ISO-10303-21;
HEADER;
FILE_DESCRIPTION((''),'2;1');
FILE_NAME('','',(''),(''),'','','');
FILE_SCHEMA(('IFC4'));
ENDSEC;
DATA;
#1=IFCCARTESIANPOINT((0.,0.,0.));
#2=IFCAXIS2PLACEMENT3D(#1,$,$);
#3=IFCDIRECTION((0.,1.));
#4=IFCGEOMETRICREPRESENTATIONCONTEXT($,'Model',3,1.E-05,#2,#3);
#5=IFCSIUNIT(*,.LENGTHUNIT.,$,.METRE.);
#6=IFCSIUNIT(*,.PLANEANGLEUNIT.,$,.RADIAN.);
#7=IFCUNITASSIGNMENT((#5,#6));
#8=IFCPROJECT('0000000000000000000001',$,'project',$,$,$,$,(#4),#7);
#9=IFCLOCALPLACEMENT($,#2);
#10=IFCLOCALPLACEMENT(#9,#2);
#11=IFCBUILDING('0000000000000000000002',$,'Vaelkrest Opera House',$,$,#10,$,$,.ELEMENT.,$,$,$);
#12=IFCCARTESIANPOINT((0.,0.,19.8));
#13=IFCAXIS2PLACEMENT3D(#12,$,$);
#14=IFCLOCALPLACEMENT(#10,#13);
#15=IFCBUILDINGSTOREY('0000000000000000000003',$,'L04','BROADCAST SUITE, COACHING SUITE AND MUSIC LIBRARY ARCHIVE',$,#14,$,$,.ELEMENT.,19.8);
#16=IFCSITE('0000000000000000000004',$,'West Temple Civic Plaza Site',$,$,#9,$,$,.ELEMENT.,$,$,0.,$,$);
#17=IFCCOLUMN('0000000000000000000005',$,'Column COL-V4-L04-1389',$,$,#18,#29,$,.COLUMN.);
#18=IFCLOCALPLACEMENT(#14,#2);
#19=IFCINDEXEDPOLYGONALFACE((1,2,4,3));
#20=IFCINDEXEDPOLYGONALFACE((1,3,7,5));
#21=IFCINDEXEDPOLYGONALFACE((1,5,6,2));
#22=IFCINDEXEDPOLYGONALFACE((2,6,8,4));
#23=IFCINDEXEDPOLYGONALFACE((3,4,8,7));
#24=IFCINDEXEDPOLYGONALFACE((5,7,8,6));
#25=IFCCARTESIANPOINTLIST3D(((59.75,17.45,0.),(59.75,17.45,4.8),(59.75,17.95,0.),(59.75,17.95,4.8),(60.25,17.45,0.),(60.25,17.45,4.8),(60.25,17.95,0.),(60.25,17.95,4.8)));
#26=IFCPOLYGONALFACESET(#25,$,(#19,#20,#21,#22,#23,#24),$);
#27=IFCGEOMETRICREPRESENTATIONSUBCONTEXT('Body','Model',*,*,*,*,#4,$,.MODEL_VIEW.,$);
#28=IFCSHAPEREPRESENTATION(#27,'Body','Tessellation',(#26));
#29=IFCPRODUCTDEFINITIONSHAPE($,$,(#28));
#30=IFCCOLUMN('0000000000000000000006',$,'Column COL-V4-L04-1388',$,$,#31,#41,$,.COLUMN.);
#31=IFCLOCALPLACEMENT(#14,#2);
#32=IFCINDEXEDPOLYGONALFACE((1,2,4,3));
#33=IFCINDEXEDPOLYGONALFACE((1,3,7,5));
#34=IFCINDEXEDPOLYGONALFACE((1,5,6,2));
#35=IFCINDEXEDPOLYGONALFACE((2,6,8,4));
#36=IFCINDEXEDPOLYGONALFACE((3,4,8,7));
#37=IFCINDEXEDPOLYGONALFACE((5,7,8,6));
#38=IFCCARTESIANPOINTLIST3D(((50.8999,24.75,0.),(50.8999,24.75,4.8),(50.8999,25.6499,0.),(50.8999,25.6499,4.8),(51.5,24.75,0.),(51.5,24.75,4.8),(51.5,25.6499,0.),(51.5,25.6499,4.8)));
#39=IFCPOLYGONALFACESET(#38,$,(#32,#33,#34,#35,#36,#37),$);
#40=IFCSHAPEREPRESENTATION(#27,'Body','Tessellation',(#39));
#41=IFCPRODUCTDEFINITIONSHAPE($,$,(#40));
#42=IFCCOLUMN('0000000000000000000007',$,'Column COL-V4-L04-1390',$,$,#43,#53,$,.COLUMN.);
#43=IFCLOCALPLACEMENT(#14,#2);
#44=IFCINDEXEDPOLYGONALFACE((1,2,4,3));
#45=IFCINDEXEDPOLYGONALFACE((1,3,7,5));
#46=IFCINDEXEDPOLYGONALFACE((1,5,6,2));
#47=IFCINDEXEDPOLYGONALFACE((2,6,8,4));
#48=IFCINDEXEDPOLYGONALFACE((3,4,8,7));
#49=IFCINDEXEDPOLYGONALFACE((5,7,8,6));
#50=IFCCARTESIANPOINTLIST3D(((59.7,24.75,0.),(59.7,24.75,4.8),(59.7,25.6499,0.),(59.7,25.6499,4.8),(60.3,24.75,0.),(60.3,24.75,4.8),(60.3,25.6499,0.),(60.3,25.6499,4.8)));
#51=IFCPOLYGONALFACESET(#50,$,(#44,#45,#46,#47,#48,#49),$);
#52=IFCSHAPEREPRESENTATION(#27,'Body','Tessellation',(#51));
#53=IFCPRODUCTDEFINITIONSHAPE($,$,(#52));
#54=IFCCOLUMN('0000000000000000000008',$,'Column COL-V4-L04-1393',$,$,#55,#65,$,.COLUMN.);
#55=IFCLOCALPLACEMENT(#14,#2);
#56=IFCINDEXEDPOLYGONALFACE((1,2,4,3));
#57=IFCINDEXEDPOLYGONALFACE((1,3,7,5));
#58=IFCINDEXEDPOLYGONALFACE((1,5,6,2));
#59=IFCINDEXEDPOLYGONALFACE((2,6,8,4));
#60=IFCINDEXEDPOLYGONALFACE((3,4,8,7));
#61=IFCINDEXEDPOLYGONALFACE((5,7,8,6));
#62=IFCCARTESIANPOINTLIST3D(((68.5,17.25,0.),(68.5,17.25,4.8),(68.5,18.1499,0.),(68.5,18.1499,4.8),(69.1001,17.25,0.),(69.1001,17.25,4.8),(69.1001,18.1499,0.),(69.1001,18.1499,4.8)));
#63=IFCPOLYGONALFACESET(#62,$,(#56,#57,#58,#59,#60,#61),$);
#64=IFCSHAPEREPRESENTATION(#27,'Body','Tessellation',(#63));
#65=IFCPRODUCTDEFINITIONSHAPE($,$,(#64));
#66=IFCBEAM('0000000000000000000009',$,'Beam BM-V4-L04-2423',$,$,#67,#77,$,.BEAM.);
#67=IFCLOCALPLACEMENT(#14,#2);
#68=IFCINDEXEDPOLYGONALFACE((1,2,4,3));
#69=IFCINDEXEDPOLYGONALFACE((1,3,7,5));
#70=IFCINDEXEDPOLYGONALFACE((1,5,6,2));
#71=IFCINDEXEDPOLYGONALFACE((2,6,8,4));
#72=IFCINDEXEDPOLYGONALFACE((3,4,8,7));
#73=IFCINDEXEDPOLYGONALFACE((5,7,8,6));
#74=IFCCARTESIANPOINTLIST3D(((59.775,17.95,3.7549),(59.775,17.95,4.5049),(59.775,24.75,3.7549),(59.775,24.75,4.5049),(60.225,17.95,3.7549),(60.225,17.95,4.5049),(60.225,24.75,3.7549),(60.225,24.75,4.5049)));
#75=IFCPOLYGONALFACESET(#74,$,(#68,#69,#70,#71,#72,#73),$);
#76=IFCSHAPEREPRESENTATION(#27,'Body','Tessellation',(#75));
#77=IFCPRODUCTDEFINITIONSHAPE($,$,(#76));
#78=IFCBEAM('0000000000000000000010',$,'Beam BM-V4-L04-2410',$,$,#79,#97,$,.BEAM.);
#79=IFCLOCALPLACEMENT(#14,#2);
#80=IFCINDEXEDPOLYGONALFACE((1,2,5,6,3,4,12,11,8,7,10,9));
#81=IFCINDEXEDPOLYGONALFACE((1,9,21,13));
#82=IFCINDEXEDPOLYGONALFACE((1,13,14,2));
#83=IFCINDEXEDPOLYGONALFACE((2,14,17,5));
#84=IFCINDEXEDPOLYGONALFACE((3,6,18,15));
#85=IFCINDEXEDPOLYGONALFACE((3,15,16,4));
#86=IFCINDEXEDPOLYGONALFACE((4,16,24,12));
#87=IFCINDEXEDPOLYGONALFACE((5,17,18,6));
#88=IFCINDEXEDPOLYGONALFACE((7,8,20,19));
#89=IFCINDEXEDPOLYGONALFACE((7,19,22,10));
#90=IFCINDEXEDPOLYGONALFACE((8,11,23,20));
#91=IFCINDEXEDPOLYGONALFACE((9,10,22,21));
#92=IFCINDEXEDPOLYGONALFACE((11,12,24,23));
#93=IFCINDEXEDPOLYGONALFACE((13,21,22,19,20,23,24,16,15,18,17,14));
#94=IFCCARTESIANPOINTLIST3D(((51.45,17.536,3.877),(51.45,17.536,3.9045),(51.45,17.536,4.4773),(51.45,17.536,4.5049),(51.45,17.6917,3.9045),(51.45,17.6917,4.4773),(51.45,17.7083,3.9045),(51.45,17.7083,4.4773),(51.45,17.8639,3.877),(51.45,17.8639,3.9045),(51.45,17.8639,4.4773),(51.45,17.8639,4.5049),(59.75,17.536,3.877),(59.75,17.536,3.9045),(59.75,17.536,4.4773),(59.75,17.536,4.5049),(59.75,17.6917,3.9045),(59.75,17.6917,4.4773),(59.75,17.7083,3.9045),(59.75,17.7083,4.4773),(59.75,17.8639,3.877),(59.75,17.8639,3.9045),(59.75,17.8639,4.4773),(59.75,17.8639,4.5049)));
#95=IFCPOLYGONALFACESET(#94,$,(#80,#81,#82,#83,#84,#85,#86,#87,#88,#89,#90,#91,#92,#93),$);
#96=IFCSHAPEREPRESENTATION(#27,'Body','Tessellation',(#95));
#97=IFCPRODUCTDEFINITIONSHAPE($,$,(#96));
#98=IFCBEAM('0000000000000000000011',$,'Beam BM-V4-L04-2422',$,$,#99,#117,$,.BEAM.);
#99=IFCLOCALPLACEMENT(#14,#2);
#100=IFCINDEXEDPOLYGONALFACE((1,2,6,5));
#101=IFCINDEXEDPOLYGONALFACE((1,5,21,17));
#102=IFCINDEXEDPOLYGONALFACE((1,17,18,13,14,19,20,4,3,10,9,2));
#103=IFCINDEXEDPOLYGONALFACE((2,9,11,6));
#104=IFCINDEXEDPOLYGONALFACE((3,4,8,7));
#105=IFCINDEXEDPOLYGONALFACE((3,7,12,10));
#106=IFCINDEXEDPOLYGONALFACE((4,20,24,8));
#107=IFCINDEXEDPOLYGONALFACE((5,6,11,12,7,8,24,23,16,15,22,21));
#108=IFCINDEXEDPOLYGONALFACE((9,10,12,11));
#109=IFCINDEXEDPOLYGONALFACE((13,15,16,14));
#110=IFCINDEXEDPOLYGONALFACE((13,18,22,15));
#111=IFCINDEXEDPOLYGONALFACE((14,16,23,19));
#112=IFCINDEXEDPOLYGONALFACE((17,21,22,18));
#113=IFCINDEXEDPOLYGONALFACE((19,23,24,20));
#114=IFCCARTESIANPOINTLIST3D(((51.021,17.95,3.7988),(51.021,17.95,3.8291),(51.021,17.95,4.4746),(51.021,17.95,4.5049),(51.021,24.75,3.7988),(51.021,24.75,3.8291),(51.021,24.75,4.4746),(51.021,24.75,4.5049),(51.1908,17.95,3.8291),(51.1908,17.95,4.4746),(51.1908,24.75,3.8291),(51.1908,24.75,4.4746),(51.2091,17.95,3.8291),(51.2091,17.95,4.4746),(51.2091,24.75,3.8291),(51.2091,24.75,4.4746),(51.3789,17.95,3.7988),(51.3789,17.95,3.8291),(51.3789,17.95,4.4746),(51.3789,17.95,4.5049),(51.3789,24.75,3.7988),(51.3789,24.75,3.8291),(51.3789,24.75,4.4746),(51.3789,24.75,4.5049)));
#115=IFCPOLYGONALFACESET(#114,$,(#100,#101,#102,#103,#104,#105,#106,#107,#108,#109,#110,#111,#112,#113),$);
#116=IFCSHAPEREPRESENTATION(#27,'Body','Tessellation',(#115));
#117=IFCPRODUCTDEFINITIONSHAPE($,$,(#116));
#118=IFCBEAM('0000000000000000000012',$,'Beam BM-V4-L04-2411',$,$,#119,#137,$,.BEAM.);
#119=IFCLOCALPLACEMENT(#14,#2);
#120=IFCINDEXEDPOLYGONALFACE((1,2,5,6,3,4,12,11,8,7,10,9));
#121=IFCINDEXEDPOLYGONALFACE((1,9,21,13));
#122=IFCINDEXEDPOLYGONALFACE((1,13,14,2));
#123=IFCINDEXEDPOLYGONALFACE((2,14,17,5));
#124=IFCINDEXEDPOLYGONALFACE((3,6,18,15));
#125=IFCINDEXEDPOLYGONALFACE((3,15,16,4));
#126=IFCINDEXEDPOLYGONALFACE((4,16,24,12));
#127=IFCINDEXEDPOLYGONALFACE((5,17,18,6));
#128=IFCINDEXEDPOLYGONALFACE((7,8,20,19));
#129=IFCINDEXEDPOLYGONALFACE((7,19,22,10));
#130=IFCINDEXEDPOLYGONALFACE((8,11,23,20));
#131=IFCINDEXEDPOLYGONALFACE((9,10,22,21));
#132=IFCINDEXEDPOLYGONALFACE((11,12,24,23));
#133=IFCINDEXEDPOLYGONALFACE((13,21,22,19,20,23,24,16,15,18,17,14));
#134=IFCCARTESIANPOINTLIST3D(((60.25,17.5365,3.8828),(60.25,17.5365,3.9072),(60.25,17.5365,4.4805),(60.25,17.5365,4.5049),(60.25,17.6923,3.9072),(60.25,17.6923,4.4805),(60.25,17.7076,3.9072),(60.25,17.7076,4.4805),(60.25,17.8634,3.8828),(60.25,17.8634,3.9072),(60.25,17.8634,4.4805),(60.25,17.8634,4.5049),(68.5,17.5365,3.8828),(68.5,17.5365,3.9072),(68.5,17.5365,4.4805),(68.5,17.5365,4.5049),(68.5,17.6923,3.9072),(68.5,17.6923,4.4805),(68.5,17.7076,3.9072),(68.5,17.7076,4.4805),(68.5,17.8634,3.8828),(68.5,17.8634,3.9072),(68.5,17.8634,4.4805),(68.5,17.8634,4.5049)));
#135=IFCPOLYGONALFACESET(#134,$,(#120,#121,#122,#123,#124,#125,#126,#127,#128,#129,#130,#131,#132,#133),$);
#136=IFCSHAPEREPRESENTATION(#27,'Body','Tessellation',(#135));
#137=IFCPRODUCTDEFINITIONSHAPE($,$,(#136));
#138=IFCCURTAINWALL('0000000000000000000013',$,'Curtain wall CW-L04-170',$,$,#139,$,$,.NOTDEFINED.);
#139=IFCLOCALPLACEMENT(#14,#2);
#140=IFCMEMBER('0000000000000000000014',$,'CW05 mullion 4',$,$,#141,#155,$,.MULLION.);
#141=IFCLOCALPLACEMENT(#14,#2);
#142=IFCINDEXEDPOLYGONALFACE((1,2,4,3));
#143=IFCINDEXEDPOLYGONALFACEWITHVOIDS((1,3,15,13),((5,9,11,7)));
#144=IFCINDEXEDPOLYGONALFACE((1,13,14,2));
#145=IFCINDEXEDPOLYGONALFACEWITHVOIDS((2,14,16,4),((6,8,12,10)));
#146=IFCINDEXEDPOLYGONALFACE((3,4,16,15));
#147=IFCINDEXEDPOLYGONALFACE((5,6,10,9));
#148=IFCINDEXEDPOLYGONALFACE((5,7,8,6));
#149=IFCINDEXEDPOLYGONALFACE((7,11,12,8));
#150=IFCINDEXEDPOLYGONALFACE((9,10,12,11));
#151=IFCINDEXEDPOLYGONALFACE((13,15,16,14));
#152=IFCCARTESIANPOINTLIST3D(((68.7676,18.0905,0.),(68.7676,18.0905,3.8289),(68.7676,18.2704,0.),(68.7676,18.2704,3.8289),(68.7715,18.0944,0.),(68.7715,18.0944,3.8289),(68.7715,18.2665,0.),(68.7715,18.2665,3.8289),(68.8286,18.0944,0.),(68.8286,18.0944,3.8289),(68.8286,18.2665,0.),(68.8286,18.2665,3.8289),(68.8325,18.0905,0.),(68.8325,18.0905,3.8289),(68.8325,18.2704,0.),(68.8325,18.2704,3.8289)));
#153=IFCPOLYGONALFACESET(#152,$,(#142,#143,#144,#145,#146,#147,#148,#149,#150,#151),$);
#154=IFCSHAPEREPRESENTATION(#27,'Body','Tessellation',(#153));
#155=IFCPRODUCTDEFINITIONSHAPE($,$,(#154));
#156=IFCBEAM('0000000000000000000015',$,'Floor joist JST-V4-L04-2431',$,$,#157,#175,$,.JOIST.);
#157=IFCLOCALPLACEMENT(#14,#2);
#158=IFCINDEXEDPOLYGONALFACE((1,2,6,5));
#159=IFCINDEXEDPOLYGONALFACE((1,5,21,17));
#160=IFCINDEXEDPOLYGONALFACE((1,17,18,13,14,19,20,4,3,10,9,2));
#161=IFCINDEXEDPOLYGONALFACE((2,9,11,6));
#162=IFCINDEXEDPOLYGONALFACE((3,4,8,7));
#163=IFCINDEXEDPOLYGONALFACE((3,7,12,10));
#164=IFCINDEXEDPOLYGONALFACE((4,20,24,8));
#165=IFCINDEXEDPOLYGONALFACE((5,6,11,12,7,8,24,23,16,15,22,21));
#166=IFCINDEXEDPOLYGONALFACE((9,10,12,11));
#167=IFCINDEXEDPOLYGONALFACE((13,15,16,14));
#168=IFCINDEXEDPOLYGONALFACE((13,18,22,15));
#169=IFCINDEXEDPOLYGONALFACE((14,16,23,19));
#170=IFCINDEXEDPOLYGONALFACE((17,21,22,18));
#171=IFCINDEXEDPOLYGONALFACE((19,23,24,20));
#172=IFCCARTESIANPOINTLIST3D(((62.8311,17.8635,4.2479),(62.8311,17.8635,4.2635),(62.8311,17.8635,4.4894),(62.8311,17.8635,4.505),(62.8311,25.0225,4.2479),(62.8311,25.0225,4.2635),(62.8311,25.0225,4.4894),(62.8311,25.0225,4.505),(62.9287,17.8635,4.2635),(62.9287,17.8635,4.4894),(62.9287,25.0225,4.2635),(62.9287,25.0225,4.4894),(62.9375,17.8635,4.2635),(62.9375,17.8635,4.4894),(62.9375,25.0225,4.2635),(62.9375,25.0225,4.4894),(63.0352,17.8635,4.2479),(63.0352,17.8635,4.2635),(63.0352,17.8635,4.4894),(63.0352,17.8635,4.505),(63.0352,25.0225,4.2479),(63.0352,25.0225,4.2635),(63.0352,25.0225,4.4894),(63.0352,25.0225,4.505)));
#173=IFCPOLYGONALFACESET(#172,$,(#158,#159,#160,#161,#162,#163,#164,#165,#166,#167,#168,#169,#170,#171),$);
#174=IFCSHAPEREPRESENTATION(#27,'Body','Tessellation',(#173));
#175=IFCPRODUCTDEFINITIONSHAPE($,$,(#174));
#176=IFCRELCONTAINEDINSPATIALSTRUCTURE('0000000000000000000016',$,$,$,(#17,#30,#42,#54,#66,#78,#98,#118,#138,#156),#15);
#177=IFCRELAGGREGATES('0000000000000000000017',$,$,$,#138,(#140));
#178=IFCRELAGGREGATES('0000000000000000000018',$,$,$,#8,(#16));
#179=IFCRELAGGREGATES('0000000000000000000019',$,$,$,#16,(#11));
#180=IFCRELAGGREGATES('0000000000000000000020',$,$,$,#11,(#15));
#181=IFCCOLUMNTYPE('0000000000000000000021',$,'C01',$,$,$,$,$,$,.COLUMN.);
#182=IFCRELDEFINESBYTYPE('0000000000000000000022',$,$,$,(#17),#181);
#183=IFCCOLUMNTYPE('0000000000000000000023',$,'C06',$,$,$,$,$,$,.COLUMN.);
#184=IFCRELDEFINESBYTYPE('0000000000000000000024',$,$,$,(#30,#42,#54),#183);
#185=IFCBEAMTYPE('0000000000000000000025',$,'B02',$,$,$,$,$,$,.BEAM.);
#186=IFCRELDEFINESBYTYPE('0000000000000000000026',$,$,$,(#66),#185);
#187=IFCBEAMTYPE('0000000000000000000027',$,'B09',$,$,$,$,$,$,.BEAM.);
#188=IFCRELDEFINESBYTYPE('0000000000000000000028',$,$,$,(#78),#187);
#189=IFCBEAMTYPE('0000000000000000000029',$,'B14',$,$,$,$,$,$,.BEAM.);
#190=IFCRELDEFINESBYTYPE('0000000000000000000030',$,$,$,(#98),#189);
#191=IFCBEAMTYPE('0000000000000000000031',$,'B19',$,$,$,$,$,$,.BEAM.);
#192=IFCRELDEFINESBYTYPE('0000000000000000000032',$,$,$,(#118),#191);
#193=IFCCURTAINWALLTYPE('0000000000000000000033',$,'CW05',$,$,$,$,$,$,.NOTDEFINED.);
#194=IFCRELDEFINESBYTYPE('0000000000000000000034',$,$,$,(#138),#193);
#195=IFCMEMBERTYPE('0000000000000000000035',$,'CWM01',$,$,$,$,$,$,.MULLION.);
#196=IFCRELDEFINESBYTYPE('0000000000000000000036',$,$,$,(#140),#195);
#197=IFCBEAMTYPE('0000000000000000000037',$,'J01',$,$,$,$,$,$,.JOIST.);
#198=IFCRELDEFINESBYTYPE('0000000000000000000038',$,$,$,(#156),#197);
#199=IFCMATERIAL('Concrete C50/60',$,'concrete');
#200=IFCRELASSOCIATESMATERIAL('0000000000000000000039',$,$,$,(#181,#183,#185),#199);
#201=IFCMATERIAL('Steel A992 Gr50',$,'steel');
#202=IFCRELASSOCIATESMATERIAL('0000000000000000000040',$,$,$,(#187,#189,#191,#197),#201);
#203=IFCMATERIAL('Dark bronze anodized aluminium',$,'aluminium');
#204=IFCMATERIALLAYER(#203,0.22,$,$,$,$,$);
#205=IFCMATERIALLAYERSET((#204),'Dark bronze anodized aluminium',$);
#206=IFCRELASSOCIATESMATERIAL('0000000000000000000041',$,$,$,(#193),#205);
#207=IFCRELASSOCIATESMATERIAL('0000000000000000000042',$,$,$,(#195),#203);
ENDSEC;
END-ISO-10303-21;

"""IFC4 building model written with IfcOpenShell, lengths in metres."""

from ifc_helpers import new_model, si_unit, direction, frame, origin, origin_2d, place, context, subcontext, project, spatial, rectangle, hollow_rectangle, i_section, extrude, material, layer, layer_set, material_profile, profile_set, type_object, element, aggregate, save


model = new_model("IFC4")

# Units and contexts
model_context = context("Model", 3, precision=1e-05, world=origin(), true_north=direction((0.0, 1.0)))
body_context = subcontext(model_context, "Body", "Model", "MODEL_VIEW")
ifc_project = project(units=[si_unit("LENGTHUNIT", "METRE"), si_unit("PLANEANGLEUNIT", "RADIAN")], contexts=[model_context])

# Site, building, storey
site_placement = place(None, origin())
site = spatial("IfcSite", under=ifc_project, at=site_placement, Name="West Temple Civic Plaza Site", CompositionType="ELEMENT", RefElevation=0.0)
building_placement = place(site_placement, origin())
building = spatial("IfcBuilding", under=site, at=building_placement, Name="Vaelkrest Opera House", CompositionType="ELEMENT")
storey_placement = place(building_placement, frame((0.0, 0.0, 19.8)))
storey = spatial("IfcBuildingStorey", under=building, at=storey_placement, Name="L04", Description="BROADCAST SUITE, COACHING SUITE AND MUSIC LIBRARY ARCHIVE", CompositionType="ELEMENT", Elevation=19.8)

# Columns
ifc_material_1 = material(Name="Concrete C50/60", Category="concrete")
ifc_material_profile_1 = material_profile(ifc_material_1, rectangle(XDim=0.5, YDim=0.5, at=origin_2d()), Name="RC500X500")
ifc_profile_set_1 = profile_set([ifc_material_profile_1], Name="Concrete C50/60")
column_type_1 = type_object("IfcColumnType", Name="C01", PredefinedType="COLUMN", material=ifc_profile_set_1)
column_placement = place(storey_placement, frame((60.0, 17.7, 0.0), z_axis=(0.0, 0.0, 1.0), x_axis=(1.0, 0.0, 0.0)))
element("IfcColumn", 1, at=column_placement, inside=storey, type_object=column_type_1, Name="Column COL-V4-L04-1389", PredefinedType="COLUMN", context=body_context, shape_type="SweptSolid", body=[
    extrude(rectangle(XDim=0.5, YDim=0.5, at=origin_2d()), origin(), (0.0, 0.0, 1.0), 4.8),
])
ifc_material_profile_2 = material_profile(ifc_material_1, rectangle(XDim=0.6001, YDim=0.8999, at=origin_2d()), Name="RC600X900")
ifc_profile_set_2 = profile_set([ifc_material_profile_2], Name="Concrete C50/60")
column_type_2 = type_object("IfcColumnType", Name="C06", PredefinedType="COLUMN", material=ifc_profile_set_2)
for number, where, z_axis, x_axis, name in (
    (2, (51.2, 25.2, 0.0), (0.0, 0.0, 1.0), (1.0, 0.0, 0.0), "Column COL-V4-L04-1388"),
    (3, (60.0, 25.2, 0.0), (0.0, 0.0, 1.0), (1.0, 0.0, 0.0), "Column COL-V4-L04-1390"),
    (4, (68.8, 17.7, 0.0), (0.0, 0.0, 1.0), (1.0, 0.0, 0.0), "Column COL-V4-L04-1393"),
):
    element("IfcColumn", number, at=place(storey_placement, frame(where, z_axis=z_axis, x_axis=x_axis)), inside=storey, type_object=column_type_2, Name=name, PredefinedType="COLUMN", context=body_context, shape_type="SweptSolid", body=[
        extrude(rectangle(XDim=0.6001, YDim=0.8999, at=origin_2d()), origin(), (0.0, 0.0, 1.0), 4.8),
    ])

# Beams
ifc_material_profile_3 = material_profile(ifc_material_1, rectangle(XDim=0.45, YDim=0.75, at=origin_2d()), Name="RCB450X750")
ifc_profile_set_3 = profile_set([ifc_material_profile_3], Name="Concrete C50/60")
beam_type_1 = type_object("IfcBeamType", Name="B02", PredefinedType="BEAM", material=ifc_profile_set_3)
beam_1_placement = place(storey_placement, frame((60.0, 17.95, 4.1299), z_axis=(0.0, 1.0, 0.0), x_axis=(-1.0, 0.0, 0.0)))
element("IfcBeam", 5, at=beam_1_placement, inside=storey, type_object=beam_type_1, Name="Beam BM-V4-L04-2423", PredefinedType="BEAM", context=body_context, shape_type="SweptSolid", body=[
    extrude(rectangle(XDim=0.45, YDim=0.75, at=origin_2d()), origin(), (0.0, 0.0, 1.0), 6.8),
])
ifc_material_2 = material(Name="Steel A992 Gr50", Category="steel")
ifc_material_profile_4 = material_profile(ifc_material_2, i_section(OverallWidth=0.3279, OverallDepth=0.6279, WebThickness=0.0166, FlangeThickness=0.0276, at=origin_2d()), Name="W24X146")
ifc_profile_set_4 = profile_set([ifc_material_profile_4], Name="Steel A992 Gr50")
beam_type_2 = type_object("IfcBeamType", Name="B09", PredefinedType="BEAM", material=ifc_profile_set_4)
beam_2_placement = place(storey_placement, frame((51.45, 17.7, 4.1909), z_axis=(1.0, 0.0, 0.0), x_axis=(0.0, 1.0, 0.0)))
element("IfcBeam", 6, at=beam_2_placement, inside=storey, type_object=beam_type_2, Name="Beam BM-V4-L04-2410", PredefinedType="BEAM", context=body_context, shape_type="SweptSolid", body=[
    extrude(i_section(OverallWidth=0.3279, OverallDepth=0.6279, WebThickness=0.0166, FlangeThickness=0.0276, at=origin_2d()), origin(), (0.0, 0.0, 1.0), 8.3),
])
ifc_material_profile_5 = material_profile(ifc_material_2, i_section(OverallWidth=0.3579, OverallDepth=0.7061, WebThickness=0.0183, FlangeThickness=0.0303, at=origin_2d()), Name="W27X178")
ifc_profile_set_5 = profile_set([ifc_material_profile_5], Name="Steel A992 Gr50")
beam_type_3 = type_object("IfcBeamType", Name="B14", PredefinedType="BEAM", material=ifc_profile_set_5)
beam_3_placement = place(storey_placement, frame((51.2, 17.95, 4.1519), z_axis=(0.0, 1.0, 0.0), x_axis=(-1.0, 0.0, 0.0)))
element("IfcBeam", 7, at=beam_3_placement, inside=storey, type_object=beam_type_3, Name="Beam BM-V4-L04-2422", PredefinedType="BEAM", context=body_context, shape_type="SweptSolid", body=[
    extrude(i_section(OverallWidth=0.3579, OverallDepth=0.7061, WebThickness=0.0183, FlangeThickness=0.0303, at=origin_2d()), origin(), (0.0, 0.0, 1.0), 6.8),
])
ifc_material_profile_6 = material_profile(ifc_material_2, i_section(OverallWidth=0.3269, OverallDepth=0.6221, WebThickness=0.0154, FlangeThickness=0.0244, at=origin_2d()), Name="W24X131")
ifc_profile_set_6 = profile_set([ifc_material_profile_6], Name="Steel A992 Gr50")
beam_type_4 = type_object("IfcBeamType", Name="B19", PredefinedType="BEAM", material=ifc_profile_set_6)
beam_4_placement = place(storey_placement, frame((60.25, 17.7, 4.1938), z_axis=(1.0, 0.0, 0.0), x_axis=(0.0, 1.0, 0.0)))
element("IfcBeam", 8, at=beam_4_placement, inside=storey, type_object=beam_type_4, Name="Beam BM-V4-L04-2411", PredefinedType="BEAM", context=body_context, shape_type="SweptSolid", body=[
    extrude(i_section(OverallWidth=0.3269, OverallDepth=0.6221, WebThickness=0.0154, FlangeThickness=0.0244, at=origin_2d()), origin(), (0.0, 0.0, 1.0), 8.25),
])

# Curtain wall, member
ifc_material_3 = material(Name="Dark bronze anodized aluminium", Category="aluminium")
ifc_layer_1 = layer(ifc_material_3, 0.22)
ifc_layer_set_1 = layer_set([ifc_layer_1], Name="Dark bronze anodized aluminium")
curtain_wall_type = type_object("IfcCurtainWallType", Name="CW05", PredefinedType="NOTDEFINED", material=ifc_layer_set_1)
curtain_wall_placement = place(storey_placement, origin())
curtain_wall = element("IfcCurtainWall", 9, at=curtain_wall_placement, inside=storey, type_object=curtain_wall_type, Name="Curtain wall CW-L04-170", PredefinedType="NOTDEFINED")
ifc_material_profile_7 = material_profile(ifc_material_3, hollow_rectangle(XDim=0.0649, YDim=0.1799, WallThickness=0.0039, at=origin_2d()), Name="CWM65X180")
ifc_profile_set_7 = profile_set([ifc_material_profile_7], Name="Dark bronze anodized aluminium")
member_type = type_object("IfcMemberType", Name="CWM01", PredefinedType="MULLION", material=ifc_profile_set_7)
member_placement = place(storey_placement, frame((68.8, 18.1804, 0.0), z_axis=(0.0, 0.0, 1.0), x_axis=(1.0, 0.0, 0.0)))
member = element("IfcMember", 10, at=member_placement, type_object=member_type, Name="CW05 mullion 4", PredefinedType="MULLION", context=body_context, shape_type="SweptSolid", body=[
    extrude(hollow_rectangle(XDim=0.0649, YDim=0.1799, WallThickness=0.0039, at=origin_2d()), origin(), (0.0, 0.0, 1.0), 3.8289),
])
aggregate(curtain_wall, [member])

# Beam
ifc_material_profile_8 = material_profile(ifc_material_2, i_section(OverallWidth=0.2041, OverallDepth=0.2571, WebThickness=0.0088, FlangeThickness=0.0156, at=origin_2d()), Name="W10X45")
ifc_profile_set_8 = profile_set([ifc_material_profile_8], Name="Steel A992 Gr50")
beam_type_5 = type_object("IfcBeamType", Name="J01", PredefinedType="JOIST", material=ifc_profile_set_8)
beam_5_placement = place(storey_placement, frame((62.9331, 17.8635, 4.3765), z_axis=(0.0, 1.0, 0.0), x_axis=(-1.0, 0.0, 0.0)))
element("IfcBeam", 11, at=beam_5_placement, inside=storey, type_object=beam_type_5, Name="Floor joist JST-V4-L04-2431", PredefinedType="JOIST", context=body_context, shape_type="SweptSolid", body=[
    extrude(i_section(OverallWidth=0.2041, OverallDepth=0.2571, WebThickness=0.0088, FlangeThickness=0.0156, at=origin_2d()), origin(), (0.0, 0.0, 1.0), 7.1589),
])

save(model, "model.ifc")
